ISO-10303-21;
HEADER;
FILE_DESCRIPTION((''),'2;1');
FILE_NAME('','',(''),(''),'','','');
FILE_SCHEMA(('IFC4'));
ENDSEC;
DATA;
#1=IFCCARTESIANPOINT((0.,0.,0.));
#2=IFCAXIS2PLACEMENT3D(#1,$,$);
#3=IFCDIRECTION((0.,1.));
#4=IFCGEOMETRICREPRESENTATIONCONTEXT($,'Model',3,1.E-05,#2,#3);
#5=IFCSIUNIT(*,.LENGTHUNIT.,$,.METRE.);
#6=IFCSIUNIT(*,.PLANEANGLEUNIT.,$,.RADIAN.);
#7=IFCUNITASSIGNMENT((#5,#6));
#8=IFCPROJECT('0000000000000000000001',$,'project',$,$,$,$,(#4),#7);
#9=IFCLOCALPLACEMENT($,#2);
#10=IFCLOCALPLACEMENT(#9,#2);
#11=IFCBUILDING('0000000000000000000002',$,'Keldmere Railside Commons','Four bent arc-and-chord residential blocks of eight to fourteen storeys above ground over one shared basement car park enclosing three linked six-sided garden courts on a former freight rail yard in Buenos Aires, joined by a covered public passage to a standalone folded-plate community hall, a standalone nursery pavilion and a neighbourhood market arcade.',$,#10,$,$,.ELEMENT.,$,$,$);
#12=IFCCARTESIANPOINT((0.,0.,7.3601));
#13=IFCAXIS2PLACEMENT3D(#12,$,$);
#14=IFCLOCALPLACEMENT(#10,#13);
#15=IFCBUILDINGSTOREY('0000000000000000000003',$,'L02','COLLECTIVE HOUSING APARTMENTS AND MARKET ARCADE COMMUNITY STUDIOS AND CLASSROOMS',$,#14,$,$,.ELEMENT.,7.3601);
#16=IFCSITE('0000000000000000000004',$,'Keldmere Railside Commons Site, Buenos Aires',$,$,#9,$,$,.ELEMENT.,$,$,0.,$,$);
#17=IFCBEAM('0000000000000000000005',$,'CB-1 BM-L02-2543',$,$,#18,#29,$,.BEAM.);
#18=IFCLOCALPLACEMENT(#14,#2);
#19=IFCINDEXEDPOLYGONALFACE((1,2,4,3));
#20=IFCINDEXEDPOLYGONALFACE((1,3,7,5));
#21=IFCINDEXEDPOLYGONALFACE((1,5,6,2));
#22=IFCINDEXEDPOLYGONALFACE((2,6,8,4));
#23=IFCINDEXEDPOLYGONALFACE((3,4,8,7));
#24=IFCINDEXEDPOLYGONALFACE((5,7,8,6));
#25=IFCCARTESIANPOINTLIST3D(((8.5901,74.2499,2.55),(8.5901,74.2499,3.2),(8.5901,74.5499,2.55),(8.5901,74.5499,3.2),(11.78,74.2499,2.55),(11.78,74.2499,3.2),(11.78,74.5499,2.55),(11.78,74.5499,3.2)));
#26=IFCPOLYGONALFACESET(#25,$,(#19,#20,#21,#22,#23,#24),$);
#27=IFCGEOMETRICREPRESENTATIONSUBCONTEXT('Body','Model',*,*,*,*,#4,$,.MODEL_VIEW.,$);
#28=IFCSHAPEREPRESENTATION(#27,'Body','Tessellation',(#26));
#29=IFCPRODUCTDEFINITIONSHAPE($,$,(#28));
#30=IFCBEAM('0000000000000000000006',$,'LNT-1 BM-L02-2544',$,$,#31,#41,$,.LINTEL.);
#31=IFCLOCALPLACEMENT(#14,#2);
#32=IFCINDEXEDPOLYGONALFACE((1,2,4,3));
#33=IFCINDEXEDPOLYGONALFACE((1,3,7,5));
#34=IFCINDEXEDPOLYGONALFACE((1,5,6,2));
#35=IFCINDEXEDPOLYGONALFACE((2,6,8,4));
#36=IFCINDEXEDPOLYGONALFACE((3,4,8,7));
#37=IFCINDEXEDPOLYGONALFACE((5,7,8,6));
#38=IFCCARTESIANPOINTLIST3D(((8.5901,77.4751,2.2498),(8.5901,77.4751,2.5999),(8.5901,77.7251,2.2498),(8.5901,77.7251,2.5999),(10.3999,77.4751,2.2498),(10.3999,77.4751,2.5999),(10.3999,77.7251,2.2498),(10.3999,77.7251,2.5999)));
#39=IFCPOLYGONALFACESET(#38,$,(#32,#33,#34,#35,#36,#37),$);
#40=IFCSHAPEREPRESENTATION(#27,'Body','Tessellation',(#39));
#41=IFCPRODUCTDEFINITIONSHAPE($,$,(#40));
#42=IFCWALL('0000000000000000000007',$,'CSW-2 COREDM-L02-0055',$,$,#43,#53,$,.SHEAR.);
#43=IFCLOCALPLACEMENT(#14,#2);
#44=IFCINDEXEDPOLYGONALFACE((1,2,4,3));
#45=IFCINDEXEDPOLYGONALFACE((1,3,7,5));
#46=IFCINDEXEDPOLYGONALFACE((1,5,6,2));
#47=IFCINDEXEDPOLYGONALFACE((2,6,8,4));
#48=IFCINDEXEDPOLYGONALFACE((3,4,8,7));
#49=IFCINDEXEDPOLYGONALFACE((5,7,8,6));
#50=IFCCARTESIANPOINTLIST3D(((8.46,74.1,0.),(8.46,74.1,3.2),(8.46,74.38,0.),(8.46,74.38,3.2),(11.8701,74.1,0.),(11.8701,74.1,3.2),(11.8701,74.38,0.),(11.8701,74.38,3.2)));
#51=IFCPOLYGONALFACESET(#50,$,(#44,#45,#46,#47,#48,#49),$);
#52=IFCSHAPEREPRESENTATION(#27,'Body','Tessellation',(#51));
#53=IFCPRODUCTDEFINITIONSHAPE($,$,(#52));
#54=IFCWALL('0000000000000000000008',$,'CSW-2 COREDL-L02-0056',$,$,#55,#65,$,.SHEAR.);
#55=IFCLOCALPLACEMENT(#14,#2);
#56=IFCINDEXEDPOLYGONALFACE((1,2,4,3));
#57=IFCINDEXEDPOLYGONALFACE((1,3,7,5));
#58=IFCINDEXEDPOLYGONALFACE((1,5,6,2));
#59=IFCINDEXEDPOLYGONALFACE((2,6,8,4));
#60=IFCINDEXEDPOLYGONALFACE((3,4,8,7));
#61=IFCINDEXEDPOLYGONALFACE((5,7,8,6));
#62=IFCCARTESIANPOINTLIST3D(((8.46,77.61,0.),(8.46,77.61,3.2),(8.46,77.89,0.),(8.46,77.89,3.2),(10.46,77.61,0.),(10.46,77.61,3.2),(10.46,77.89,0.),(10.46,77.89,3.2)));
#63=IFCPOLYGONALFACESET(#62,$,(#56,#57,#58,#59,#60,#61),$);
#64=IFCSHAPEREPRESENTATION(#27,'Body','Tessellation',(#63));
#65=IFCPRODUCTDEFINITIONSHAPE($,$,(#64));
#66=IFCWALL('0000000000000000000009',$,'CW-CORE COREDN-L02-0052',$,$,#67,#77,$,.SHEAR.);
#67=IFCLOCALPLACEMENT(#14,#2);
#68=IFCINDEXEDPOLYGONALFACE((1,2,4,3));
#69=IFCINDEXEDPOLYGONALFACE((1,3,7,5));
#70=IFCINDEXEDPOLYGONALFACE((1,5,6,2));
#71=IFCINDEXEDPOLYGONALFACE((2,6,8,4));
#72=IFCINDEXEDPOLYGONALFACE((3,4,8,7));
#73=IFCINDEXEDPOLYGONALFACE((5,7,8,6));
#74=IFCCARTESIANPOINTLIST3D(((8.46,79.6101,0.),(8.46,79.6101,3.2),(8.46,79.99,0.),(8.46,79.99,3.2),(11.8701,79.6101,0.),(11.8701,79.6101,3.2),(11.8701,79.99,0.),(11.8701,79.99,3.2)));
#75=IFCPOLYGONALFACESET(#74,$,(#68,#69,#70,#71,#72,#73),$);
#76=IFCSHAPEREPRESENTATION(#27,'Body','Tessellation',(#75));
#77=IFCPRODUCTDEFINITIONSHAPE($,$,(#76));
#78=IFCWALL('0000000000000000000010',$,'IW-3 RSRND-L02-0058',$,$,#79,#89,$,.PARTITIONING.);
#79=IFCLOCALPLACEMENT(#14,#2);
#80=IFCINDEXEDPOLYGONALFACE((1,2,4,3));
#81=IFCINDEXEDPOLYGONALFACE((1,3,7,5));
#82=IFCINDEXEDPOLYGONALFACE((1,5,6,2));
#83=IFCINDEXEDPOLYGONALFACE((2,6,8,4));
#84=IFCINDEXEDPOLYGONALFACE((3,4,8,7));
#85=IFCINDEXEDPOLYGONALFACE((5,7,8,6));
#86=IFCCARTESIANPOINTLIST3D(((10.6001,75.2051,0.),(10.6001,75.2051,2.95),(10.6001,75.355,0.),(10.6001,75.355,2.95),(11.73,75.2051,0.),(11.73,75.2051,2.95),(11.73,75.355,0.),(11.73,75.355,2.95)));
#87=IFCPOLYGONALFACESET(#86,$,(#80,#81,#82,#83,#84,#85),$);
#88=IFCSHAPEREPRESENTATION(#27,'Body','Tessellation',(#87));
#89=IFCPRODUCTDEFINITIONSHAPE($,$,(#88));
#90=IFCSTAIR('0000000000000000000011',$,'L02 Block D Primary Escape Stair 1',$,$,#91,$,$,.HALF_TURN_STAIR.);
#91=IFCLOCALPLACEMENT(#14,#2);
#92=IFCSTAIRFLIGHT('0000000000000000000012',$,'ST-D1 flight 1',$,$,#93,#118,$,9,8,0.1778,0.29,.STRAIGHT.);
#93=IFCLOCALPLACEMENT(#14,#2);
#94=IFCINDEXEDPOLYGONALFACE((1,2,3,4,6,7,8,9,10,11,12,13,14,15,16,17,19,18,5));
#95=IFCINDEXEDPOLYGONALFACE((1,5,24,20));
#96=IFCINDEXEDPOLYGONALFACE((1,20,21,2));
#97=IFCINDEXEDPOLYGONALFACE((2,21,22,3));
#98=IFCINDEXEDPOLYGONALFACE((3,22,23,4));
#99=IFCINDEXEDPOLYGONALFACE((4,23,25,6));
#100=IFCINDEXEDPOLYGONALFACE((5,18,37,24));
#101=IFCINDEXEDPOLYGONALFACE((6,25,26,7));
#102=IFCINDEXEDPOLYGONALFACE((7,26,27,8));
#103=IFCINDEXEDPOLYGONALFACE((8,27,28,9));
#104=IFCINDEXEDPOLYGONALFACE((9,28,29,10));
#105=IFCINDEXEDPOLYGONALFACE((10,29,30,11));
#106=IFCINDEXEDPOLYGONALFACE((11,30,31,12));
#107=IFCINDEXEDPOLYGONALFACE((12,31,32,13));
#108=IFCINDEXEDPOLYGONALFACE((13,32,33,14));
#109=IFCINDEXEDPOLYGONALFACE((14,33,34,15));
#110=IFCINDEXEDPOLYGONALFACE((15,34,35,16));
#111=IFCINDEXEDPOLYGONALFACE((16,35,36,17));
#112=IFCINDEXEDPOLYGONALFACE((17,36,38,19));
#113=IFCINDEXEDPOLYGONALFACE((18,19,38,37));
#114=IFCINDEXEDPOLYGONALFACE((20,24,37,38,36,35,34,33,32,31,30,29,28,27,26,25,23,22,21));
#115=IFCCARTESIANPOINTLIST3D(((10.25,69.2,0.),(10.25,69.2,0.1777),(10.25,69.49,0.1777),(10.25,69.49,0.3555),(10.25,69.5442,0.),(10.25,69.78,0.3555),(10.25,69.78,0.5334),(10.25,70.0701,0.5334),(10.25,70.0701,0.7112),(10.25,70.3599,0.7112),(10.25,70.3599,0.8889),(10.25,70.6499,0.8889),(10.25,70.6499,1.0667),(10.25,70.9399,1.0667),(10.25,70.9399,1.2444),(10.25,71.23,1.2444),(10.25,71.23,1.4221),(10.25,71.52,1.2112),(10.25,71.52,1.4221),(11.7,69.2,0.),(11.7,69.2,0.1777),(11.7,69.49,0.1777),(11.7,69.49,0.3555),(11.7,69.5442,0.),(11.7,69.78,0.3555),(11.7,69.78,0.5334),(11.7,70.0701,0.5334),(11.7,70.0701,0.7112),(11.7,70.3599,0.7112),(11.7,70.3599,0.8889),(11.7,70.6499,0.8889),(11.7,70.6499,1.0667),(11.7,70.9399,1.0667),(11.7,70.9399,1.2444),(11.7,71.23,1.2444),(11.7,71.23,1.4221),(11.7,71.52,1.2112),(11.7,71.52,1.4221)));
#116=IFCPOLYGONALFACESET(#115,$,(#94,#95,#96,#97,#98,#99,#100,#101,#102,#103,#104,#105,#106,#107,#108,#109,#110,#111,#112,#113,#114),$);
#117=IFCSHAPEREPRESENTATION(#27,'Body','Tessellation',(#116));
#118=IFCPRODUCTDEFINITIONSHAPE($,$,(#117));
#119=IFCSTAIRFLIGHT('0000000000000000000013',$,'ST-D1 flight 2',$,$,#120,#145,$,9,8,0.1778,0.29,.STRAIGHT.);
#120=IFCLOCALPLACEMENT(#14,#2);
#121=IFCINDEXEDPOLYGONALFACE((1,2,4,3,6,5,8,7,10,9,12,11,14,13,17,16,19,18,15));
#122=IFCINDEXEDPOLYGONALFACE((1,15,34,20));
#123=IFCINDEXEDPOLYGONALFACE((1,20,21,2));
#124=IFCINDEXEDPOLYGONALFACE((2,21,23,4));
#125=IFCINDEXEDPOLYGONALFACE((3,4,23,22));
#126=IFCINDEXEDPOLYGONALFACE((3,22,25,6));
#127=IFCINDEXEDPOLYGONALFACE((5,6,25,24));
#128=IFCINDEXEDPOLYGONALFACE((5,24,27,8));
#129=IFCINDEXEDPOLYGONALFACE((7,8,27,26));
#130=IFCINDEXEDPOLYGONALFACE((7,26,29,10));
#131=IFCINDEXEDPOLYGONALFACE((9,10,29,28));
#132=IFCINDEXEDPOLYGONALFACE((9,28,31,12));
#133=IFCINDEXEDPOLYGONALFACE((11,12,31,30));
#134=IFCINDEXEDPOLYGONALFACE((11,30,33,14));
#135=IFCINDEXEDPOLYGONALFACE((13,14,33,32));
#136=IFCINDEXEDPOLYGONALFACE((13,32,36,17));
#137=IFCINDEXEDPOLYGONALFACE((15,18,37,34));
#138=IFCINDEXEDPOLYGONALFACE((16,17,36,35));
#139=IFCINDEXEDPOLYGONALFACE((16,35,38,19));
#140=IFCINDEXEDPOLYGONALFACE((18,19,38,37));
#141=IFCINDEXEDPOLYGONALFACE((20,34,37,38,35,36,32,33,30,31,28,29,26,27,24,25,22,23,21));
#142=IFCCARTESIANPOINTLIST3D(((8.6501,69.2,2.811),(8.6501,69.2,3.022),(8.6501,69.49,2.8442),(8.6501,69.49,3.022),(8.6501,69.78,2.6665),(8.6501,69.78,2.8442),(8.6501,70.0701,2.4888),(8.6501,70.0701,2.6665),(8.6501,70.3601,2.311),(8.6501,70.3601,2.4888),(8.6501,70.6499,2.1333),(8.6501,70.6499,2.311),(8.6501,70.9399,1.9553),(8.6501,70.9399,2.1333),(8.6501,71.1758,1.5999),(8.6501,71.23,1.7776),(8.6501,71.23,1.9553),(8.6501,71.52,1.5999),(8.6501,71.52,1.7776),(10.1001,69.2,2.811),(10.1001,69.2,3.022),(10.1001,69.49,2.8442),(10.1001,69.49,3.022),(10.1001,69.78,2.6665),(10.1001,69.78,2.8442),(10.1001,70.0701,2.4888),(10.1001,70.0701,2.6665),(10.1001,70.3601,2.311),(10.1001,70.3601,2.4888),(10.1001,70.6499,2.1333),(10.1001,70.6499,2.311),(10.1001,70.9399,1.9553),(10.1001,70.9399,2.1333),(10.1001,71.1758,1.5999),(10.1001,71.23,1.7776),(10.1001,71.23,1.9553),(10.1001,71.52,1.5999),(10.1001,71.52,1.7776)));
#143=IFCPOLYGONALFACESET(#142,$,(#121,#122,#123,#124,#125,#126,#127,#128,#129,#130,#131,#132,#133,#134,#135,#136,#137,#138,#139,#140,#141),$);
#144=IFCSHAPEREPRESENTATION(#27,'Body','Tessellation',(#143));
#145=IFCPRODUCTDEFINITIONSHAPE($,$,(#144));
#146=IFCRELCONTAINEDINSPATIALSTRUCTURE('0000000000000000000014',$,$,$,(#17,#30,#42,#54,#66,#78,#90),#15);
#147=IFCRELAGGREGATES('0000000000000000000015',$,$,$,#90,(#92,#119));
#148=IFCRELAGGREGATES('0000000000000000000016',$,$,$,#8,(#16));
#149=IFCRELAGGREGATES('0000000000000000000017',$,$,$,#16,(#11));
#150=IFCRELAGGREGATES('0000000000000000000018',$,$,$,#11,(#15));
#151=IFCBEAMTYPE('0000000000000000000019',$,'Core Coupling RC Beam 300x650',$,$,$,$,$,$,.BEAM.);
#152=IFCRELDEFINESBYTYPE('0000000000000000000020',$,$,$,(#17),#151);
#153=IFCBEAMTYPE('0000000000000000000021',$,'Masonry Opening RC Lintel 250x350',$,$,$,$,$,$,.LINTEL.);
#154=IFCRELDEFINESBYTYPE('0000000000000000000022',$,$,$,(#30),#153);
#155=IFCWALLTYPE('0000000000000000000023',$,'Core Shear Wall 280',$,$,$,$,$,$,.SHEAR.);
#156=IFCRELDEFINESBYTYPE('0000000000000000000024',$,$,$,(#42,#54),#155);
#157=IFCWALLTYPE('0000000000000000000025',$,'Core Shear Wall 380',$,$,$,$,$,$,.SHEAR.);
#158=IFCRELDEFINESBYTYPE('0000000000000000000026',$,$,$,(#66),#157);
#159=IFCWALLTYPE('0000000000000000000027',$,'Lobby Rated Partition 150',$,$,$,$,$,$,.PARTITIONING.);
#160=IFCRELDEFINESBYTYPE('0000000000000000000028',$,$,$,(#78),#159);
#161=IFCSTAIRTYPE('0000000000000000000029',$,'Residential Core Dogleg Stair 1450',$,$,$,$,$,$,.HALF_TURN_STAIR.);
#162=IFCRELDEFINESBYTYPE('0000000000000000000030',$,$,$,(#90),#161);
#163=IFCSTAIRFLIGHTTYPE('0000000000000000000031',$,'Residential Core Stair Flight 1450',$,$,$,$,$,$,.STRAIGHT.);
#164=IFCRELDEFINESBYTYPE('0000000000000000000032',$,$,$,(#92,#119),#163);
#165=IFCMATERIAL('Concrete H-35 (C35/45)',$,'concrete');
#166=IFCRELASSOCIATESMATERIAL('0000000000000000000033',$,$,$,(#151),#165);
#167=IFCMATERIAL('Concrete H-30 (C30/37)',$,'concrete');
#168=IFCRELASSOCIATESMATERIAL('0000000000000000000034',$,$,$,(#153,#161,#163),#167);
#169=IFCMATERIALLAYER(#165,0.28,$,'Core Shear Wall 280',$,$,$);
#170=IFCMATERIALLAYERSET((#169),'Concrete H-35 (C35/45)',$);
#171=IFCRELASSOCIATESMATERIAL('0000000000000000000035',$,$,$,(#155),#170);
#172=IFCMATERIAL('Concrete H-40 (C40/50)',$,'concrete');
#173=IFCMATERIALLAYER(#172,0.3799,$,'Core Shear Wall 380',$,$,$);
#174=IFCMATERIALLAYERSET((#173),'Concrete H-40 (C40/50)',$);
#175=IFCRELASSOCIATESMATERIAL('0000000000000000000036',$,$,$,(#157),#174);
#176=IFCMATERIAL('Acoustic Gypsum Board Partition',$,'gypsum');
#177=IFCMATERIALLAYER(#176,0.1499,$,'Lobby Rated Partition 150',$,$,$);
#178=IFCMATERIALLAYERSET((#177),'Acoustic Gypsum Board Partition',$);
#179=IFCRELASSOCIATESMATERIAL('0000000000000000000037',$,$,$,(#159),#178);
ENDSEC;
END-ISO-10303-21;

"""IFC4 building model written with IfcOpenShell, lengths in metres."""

from ifc_helpers import new_model, si_unit, direction, frame, frame_2d, origin, origin_2d, place, context, subcontext, project, spatial, polyline, rectangle, outline, extrude, material, layer, layer_set, material_profile, profile_set, type_object, element, aggregate, save


model = new_model("IFC4")

# Units and contexts
model_context = context("Model", 3, precision=1e-05, world=origin(), true_north=direction((0.0, 1.0)))
body_context = subcontext(model_context, "Body", "Model", "MODEL_VIEW")
ifc_project = project(units=[si_unit("LENGTHUNIT", "METRE"), si_unit("PLANEANGLEUNIT", "RADIAN")], contexts=[model_context])

# Site, building, storey
site_placement = place(None, origin())
site = spatial("IfcSite", under=ifc_project, at=site_placement, Name="Keldmere Railside Commons Site, Buenos Aires", CompositionType="ELEMENT", RefElevation=0.0)
building_placement = place(site_placement, origin())
building = spatial("IfcBuilding", under=site, at=building_placement, Name="Keldmere Railside Commons", Description="Four bent arc-and-chord residential blocks of eight to fourteen storeys above ground over one shared basement car park enclosing three linked six-sided garden courts on a former freight rail yard in Buenos Aires, joined by a covered public passage to a standalone folded-plate community hall, a standalone nursery pavilion and a neighbourhood market arcade.", CompositionType="ELEMENT")
storey_placement = place(building_placement, frame((0.0, 0.0, 7.3601)))
storey = spatial("IfcBuildingStorey", under=building, at=storey_placement, Name="L02", Description="COLLECTIVE HOUSING APARTMENTS AND MARKET ARCADE COMMUNITY STUDIOS AND CLASSROOMS", CompositionType="ELEMENT", Elevation=7.3601)

# Beams
ifc_material_1 = material(Name="Concrete H-35 (C35/45)", Category="concrete")
ifc_material_profile_1 = material_profile(ifc_material_1, rectangle(XDim=0.3, YDim=0.6499, at=origin_2d()), Name="RC-300x650")
ifc_profile_set_1 = profile_set([ifc_material_profile_1], Name="Concrete H-35 (C35/45)")
beam_type_1 = type_object("IfcBeamType", Name="Core Coupling RC Beam 300x650", PredefinedType="BEAM", material=ifc_profile_set_1)
beam_1_placement = place(storey_placement, frame((8.5901, 74.3999, 2.875), z_axis=(1.0, 0.0, 0.0), x_axis=(0.0, 1.0, 0.0)))
element("IfcBeam", 1, at=beam_1_placement, inside=storey, type_object=beam_type_1, Name="CB-1 BM-L02-2543", PredefinedType="BEAM", context=body_context, shape_type="SweptSolid", body=[
    extrude(rectangle(XDim=0.3, YDim=0.6499, at=origin_2d()), origin(), (0.0, 0.0, 1.0), 3.1899),
])
ifc_material_2 = material(Name="Concrete H-30 (C30/37)", Category="concrete")
ifc_material_profile_2 = material_profile(ifc_material_2, rectangle(XDim=0.25, YDim=0.3501, at=origin_2d()), Name="RC-250x350")
ifc_profile_set_2 = profile_set([ifc_material_profile_2], Name="Concrete H-30 (C30/37)")
beam_type_2 = type_object("IfcBeamType", Name="Masonry Opening RC Lintel 250x350", PredefinedType="LINTEL", material=ifc_profile_set_2)
beam_2_placement = place(storey_placement, frame((8.5901, 77.6001, 2.4248), z_axis=(1.0, 0.0, 0.0), x_axis=(0.0, 1.0, 0.0)))
element("IfcBeam", 2, at=beam_2_placement, inside=storey, type_object=beam_type_2, Name="LNT-1 BM-L02-2544", PredefinedType="LINTEL", context=body_context, shape_type="SweptSolid", body=[
    extrude(rectangle(XDim=0.25, YDim=0.3501, at=origin_2d()), origin(), (0.0, 0.0, 1.0), 1.8098),
])

# Walls
ifc_layer_1 = layer(ifc_material_1, 0.28, Name="Core Shear Wall 280")
ifc_layer_set_1 = layer_set([ifc_layer_1], Name="Concrete H-35 (C35/45)")
wall_type_1 = type_object("IfcWallType", Name="Core Shear Wall 280", PredefinedType="SHEAR", material=ifc_layer_set_1)
wall_1_placement = place(storey_placement, frame((8.46, 74.24, 0.0), z_axis=(0.0, 0.0, 1.0), x_axis=(1.0, 0.0, 0.0)))
element("IfcWall", 3, at=wall_1_placement, inside=storey, type_object=wall_type_1, Name="CSW-2 COREDM-L02-0055", PredefinedType="SHEAR", context=body_context, shape_type="SweptSolid", body=[
    extrude(rectangle(XDim=3.4102, YDim=0.28, at=frame_2d((1.7051, 0.0))), origin(), (0.0, 0.0, 1.0), 3.2),
])
wall_2_placement = place(storey_placement, frame((8.46, 77.75, 0.0), z_axis=(0.0, 0.0, 1.0), x_axis=(1.0, 0.0, 0.0)))
element("IfcWall", 4, at=wall_2_placement, inside=storey, type_object=wall_type_1, Name="CSW-2 COREDL-L02-0056", PredefinedType="SHEAR", context=body_context, shape_type="SweptSolid", body=[
    extrude(rectangle(XDim=2.0, YDim=0.28, at=frame_2d((1.0, 0.0))), origin(), (0.0, 0.0, 1.0), 3.2),
])

# Walls
ifc_material_3 = material(Name="Concrete H-40 (C40/50)", Category="concrete")
ifc_layer_2 = layer(ifc_material_3, 0.3799, Name="Core Shear Wall 380")
ifc_layer_set_2 = layer_set([ifc_layer_2], Name="Concrete H-40 (C40/50)")
wall_type_2 = type_object("IfcWallType", Name="Core Shear Wall 380", PredefinedType="SHEAR", material=ifc_layer_set_2)
wall_3_placement = place(storey_placement, frame((8.46, 79.8, 0.0), z_axis=(0.0, 0.0, 1.0), x_axis=(1.0, 0.0, 0.0)))
element("IfcWall", 5, at=wall_3_placement, inside=storey, type_object=wall_type_2, Name="CW-CORE COREDN-L02-0052", PredefinedType="SHEAR", context=body_context, shape_type="SweptSolid", body=[
    extrude(rectangle(XDim=3.4102, YDim=0.3799, at=frame_2d((1.7051, 0.0))), origin(), (0.0, 0.0, 1.0), 3.2),
])
ifc_material_4 = material(Name="Acoustic Gypsum Board Partition", Category="gypsum")
ifc_layer_3 = layer(ifc_material_4, 0.1499, Name="Lobby Rated Partition 150")
ifc_layer_set_3 = layer_set([ifc_layer_3], Name="Acoustic Gypsum Board Partition")
wall_type_3 = type_object("IfcWallType", Name="Lobby Rated Partition 150", PredefinedType="PARTITIONING", material=ifc_layer_set_3)
wall_4_placement = place(storey_placement, frame((10.6001, 75.28, 0.0), z_axis=(0.0, 0.0, 1.0), x_axis=(1.0, 0.0, 0.0)))
element("IfcWall", 6, at=wall_4_placement, inside=storey, type_object=wall_type_3, Name="IW-3 RSRND-L02-0058", PredefinedType="PARTITIONING", context=body_context, shape_type="SweptSolid", body=[
    extrude(rectangle(XDim=1.1299, YDim=0.1499, at=frame_2d((0.5649, 0.0))), origin(), (0.0, 0.0, 1.0), 2.95),
])

# Stair, stair flights
stair_type = type_object("IfcStairType", Name="Residential Core Dogleg Stair 1450", PredefinedType="HALF_TURN_STAIR", material=ifc_material_2)
stair_placement = place(storey_placement, origin())
stair = element("IfcStair", 7, at=stair_placement, inside=storey, type_object=stair_type, Name="L02 Block D Primary Escape Stair 1", PredefinedType="HALF_TURN_STAIR")
stair_flight_type = type_object("IfcStairFlightType", Name="Residential Core Stair Flight 1450", PredefinedType="STRAIGHT", material=ifc_material_2)
stair_flight_1_placement = place(storey_placement, frame((10.9751, 69.2, 0.0), z_axis=(0.0, 0.0, 1.0), x_axis=(0.0, 1.0, 0.0)))
stair_flight_1 = element("IfcStairFlight", 8, at=stair_flight_1_placement, type_object=stair_flight_type, Name="ST-D1 flight 1", NumberOfRisers=9, NumberOfTreads=8, PredefinedType="STRAIGHT", RiserHeight=0.1778, TreadLength=0.29, context=body_context, shape_type="SweptSolid", body=[
    extrude(outline(polyline([(0.0, 0.0), (0.0, 0.1777), (0.29, 0.1777), (0.29, 0.3555), (0.5801, 0.3555), (0.5801, 0.5334), (0.8701, 0.5334), (0.8701, 0.7112), (1.1599, 0.7112), (1.1599, 0.8889), (1.45, 0.8889), (1.45, 1.0667), (1.74, 1.0667), (1.74, 1.2444), (2.03, 1.2444), (2.03, 1.4221), (2.3201, 1.4221), (2.3201, 1.6001), (2.3201, 1.2112), (0.3442, 0.0), (0.0, 0.0)])), frame((0.0, 0.7251, 0.0), z_axis=(0.0, -1.0, 0.0), x_axis=(1.0, 0.0, 0.0)), (0.0, 0.0, 1.0), 1.45),
])
stair_flight_2_placement = place(storey_placement, frame((9.375, 71.52, 1.5999), z_axis=(0.0, 0.0, 1.0), x_axis=(0.0, -1.0, 0.0)))
stair_flight_2 = element("IfcStairFlight", 9, at=stair_flight_2_placement, type_object=stair_flight_type, Name="ST-D1 flight 2", NumberOfRisers=9, NumberOfTreads=8, PredefinedType="STRAIGHT", RiserHeight=0.1778, TreadLength=0.29, context=body_context, shape_type="SweptSolid", body=[
    extrude(outline(polyline([(0.0, 0.0), (0.0, 0.1777), (0.29, 0.1777), (0.29, 0.3555), (0.5801, 0.3555), (0.5801, 0.5334), (0.8701, 0.5334), (0.8701, 0.7112), (1.1599, 0.7112), (1.1599, 0.8889), (1.45, 0.8889), (1.45, 1.0667), (1.74, 1.0667), (1.74, 1.2444), (2.03, 1.2444), (2.03, 1.4221), (2.3201, 1.4221), (2.3201, 1.6001), (2.3201, 1.2112), (0.3442, 0.0), (0.0, 0.0)])), frame((0.0, 0.7251, 0.0), z_axis=(0.0, -1.0, 0.0), x_axis=(1.0, 0.0, 0.0)), (0.0, 0.0, 1.0), 1.45),
])
aggregate(stair, [stair_flight_1, stair_flight_2])

save(model, "model.ifc")
